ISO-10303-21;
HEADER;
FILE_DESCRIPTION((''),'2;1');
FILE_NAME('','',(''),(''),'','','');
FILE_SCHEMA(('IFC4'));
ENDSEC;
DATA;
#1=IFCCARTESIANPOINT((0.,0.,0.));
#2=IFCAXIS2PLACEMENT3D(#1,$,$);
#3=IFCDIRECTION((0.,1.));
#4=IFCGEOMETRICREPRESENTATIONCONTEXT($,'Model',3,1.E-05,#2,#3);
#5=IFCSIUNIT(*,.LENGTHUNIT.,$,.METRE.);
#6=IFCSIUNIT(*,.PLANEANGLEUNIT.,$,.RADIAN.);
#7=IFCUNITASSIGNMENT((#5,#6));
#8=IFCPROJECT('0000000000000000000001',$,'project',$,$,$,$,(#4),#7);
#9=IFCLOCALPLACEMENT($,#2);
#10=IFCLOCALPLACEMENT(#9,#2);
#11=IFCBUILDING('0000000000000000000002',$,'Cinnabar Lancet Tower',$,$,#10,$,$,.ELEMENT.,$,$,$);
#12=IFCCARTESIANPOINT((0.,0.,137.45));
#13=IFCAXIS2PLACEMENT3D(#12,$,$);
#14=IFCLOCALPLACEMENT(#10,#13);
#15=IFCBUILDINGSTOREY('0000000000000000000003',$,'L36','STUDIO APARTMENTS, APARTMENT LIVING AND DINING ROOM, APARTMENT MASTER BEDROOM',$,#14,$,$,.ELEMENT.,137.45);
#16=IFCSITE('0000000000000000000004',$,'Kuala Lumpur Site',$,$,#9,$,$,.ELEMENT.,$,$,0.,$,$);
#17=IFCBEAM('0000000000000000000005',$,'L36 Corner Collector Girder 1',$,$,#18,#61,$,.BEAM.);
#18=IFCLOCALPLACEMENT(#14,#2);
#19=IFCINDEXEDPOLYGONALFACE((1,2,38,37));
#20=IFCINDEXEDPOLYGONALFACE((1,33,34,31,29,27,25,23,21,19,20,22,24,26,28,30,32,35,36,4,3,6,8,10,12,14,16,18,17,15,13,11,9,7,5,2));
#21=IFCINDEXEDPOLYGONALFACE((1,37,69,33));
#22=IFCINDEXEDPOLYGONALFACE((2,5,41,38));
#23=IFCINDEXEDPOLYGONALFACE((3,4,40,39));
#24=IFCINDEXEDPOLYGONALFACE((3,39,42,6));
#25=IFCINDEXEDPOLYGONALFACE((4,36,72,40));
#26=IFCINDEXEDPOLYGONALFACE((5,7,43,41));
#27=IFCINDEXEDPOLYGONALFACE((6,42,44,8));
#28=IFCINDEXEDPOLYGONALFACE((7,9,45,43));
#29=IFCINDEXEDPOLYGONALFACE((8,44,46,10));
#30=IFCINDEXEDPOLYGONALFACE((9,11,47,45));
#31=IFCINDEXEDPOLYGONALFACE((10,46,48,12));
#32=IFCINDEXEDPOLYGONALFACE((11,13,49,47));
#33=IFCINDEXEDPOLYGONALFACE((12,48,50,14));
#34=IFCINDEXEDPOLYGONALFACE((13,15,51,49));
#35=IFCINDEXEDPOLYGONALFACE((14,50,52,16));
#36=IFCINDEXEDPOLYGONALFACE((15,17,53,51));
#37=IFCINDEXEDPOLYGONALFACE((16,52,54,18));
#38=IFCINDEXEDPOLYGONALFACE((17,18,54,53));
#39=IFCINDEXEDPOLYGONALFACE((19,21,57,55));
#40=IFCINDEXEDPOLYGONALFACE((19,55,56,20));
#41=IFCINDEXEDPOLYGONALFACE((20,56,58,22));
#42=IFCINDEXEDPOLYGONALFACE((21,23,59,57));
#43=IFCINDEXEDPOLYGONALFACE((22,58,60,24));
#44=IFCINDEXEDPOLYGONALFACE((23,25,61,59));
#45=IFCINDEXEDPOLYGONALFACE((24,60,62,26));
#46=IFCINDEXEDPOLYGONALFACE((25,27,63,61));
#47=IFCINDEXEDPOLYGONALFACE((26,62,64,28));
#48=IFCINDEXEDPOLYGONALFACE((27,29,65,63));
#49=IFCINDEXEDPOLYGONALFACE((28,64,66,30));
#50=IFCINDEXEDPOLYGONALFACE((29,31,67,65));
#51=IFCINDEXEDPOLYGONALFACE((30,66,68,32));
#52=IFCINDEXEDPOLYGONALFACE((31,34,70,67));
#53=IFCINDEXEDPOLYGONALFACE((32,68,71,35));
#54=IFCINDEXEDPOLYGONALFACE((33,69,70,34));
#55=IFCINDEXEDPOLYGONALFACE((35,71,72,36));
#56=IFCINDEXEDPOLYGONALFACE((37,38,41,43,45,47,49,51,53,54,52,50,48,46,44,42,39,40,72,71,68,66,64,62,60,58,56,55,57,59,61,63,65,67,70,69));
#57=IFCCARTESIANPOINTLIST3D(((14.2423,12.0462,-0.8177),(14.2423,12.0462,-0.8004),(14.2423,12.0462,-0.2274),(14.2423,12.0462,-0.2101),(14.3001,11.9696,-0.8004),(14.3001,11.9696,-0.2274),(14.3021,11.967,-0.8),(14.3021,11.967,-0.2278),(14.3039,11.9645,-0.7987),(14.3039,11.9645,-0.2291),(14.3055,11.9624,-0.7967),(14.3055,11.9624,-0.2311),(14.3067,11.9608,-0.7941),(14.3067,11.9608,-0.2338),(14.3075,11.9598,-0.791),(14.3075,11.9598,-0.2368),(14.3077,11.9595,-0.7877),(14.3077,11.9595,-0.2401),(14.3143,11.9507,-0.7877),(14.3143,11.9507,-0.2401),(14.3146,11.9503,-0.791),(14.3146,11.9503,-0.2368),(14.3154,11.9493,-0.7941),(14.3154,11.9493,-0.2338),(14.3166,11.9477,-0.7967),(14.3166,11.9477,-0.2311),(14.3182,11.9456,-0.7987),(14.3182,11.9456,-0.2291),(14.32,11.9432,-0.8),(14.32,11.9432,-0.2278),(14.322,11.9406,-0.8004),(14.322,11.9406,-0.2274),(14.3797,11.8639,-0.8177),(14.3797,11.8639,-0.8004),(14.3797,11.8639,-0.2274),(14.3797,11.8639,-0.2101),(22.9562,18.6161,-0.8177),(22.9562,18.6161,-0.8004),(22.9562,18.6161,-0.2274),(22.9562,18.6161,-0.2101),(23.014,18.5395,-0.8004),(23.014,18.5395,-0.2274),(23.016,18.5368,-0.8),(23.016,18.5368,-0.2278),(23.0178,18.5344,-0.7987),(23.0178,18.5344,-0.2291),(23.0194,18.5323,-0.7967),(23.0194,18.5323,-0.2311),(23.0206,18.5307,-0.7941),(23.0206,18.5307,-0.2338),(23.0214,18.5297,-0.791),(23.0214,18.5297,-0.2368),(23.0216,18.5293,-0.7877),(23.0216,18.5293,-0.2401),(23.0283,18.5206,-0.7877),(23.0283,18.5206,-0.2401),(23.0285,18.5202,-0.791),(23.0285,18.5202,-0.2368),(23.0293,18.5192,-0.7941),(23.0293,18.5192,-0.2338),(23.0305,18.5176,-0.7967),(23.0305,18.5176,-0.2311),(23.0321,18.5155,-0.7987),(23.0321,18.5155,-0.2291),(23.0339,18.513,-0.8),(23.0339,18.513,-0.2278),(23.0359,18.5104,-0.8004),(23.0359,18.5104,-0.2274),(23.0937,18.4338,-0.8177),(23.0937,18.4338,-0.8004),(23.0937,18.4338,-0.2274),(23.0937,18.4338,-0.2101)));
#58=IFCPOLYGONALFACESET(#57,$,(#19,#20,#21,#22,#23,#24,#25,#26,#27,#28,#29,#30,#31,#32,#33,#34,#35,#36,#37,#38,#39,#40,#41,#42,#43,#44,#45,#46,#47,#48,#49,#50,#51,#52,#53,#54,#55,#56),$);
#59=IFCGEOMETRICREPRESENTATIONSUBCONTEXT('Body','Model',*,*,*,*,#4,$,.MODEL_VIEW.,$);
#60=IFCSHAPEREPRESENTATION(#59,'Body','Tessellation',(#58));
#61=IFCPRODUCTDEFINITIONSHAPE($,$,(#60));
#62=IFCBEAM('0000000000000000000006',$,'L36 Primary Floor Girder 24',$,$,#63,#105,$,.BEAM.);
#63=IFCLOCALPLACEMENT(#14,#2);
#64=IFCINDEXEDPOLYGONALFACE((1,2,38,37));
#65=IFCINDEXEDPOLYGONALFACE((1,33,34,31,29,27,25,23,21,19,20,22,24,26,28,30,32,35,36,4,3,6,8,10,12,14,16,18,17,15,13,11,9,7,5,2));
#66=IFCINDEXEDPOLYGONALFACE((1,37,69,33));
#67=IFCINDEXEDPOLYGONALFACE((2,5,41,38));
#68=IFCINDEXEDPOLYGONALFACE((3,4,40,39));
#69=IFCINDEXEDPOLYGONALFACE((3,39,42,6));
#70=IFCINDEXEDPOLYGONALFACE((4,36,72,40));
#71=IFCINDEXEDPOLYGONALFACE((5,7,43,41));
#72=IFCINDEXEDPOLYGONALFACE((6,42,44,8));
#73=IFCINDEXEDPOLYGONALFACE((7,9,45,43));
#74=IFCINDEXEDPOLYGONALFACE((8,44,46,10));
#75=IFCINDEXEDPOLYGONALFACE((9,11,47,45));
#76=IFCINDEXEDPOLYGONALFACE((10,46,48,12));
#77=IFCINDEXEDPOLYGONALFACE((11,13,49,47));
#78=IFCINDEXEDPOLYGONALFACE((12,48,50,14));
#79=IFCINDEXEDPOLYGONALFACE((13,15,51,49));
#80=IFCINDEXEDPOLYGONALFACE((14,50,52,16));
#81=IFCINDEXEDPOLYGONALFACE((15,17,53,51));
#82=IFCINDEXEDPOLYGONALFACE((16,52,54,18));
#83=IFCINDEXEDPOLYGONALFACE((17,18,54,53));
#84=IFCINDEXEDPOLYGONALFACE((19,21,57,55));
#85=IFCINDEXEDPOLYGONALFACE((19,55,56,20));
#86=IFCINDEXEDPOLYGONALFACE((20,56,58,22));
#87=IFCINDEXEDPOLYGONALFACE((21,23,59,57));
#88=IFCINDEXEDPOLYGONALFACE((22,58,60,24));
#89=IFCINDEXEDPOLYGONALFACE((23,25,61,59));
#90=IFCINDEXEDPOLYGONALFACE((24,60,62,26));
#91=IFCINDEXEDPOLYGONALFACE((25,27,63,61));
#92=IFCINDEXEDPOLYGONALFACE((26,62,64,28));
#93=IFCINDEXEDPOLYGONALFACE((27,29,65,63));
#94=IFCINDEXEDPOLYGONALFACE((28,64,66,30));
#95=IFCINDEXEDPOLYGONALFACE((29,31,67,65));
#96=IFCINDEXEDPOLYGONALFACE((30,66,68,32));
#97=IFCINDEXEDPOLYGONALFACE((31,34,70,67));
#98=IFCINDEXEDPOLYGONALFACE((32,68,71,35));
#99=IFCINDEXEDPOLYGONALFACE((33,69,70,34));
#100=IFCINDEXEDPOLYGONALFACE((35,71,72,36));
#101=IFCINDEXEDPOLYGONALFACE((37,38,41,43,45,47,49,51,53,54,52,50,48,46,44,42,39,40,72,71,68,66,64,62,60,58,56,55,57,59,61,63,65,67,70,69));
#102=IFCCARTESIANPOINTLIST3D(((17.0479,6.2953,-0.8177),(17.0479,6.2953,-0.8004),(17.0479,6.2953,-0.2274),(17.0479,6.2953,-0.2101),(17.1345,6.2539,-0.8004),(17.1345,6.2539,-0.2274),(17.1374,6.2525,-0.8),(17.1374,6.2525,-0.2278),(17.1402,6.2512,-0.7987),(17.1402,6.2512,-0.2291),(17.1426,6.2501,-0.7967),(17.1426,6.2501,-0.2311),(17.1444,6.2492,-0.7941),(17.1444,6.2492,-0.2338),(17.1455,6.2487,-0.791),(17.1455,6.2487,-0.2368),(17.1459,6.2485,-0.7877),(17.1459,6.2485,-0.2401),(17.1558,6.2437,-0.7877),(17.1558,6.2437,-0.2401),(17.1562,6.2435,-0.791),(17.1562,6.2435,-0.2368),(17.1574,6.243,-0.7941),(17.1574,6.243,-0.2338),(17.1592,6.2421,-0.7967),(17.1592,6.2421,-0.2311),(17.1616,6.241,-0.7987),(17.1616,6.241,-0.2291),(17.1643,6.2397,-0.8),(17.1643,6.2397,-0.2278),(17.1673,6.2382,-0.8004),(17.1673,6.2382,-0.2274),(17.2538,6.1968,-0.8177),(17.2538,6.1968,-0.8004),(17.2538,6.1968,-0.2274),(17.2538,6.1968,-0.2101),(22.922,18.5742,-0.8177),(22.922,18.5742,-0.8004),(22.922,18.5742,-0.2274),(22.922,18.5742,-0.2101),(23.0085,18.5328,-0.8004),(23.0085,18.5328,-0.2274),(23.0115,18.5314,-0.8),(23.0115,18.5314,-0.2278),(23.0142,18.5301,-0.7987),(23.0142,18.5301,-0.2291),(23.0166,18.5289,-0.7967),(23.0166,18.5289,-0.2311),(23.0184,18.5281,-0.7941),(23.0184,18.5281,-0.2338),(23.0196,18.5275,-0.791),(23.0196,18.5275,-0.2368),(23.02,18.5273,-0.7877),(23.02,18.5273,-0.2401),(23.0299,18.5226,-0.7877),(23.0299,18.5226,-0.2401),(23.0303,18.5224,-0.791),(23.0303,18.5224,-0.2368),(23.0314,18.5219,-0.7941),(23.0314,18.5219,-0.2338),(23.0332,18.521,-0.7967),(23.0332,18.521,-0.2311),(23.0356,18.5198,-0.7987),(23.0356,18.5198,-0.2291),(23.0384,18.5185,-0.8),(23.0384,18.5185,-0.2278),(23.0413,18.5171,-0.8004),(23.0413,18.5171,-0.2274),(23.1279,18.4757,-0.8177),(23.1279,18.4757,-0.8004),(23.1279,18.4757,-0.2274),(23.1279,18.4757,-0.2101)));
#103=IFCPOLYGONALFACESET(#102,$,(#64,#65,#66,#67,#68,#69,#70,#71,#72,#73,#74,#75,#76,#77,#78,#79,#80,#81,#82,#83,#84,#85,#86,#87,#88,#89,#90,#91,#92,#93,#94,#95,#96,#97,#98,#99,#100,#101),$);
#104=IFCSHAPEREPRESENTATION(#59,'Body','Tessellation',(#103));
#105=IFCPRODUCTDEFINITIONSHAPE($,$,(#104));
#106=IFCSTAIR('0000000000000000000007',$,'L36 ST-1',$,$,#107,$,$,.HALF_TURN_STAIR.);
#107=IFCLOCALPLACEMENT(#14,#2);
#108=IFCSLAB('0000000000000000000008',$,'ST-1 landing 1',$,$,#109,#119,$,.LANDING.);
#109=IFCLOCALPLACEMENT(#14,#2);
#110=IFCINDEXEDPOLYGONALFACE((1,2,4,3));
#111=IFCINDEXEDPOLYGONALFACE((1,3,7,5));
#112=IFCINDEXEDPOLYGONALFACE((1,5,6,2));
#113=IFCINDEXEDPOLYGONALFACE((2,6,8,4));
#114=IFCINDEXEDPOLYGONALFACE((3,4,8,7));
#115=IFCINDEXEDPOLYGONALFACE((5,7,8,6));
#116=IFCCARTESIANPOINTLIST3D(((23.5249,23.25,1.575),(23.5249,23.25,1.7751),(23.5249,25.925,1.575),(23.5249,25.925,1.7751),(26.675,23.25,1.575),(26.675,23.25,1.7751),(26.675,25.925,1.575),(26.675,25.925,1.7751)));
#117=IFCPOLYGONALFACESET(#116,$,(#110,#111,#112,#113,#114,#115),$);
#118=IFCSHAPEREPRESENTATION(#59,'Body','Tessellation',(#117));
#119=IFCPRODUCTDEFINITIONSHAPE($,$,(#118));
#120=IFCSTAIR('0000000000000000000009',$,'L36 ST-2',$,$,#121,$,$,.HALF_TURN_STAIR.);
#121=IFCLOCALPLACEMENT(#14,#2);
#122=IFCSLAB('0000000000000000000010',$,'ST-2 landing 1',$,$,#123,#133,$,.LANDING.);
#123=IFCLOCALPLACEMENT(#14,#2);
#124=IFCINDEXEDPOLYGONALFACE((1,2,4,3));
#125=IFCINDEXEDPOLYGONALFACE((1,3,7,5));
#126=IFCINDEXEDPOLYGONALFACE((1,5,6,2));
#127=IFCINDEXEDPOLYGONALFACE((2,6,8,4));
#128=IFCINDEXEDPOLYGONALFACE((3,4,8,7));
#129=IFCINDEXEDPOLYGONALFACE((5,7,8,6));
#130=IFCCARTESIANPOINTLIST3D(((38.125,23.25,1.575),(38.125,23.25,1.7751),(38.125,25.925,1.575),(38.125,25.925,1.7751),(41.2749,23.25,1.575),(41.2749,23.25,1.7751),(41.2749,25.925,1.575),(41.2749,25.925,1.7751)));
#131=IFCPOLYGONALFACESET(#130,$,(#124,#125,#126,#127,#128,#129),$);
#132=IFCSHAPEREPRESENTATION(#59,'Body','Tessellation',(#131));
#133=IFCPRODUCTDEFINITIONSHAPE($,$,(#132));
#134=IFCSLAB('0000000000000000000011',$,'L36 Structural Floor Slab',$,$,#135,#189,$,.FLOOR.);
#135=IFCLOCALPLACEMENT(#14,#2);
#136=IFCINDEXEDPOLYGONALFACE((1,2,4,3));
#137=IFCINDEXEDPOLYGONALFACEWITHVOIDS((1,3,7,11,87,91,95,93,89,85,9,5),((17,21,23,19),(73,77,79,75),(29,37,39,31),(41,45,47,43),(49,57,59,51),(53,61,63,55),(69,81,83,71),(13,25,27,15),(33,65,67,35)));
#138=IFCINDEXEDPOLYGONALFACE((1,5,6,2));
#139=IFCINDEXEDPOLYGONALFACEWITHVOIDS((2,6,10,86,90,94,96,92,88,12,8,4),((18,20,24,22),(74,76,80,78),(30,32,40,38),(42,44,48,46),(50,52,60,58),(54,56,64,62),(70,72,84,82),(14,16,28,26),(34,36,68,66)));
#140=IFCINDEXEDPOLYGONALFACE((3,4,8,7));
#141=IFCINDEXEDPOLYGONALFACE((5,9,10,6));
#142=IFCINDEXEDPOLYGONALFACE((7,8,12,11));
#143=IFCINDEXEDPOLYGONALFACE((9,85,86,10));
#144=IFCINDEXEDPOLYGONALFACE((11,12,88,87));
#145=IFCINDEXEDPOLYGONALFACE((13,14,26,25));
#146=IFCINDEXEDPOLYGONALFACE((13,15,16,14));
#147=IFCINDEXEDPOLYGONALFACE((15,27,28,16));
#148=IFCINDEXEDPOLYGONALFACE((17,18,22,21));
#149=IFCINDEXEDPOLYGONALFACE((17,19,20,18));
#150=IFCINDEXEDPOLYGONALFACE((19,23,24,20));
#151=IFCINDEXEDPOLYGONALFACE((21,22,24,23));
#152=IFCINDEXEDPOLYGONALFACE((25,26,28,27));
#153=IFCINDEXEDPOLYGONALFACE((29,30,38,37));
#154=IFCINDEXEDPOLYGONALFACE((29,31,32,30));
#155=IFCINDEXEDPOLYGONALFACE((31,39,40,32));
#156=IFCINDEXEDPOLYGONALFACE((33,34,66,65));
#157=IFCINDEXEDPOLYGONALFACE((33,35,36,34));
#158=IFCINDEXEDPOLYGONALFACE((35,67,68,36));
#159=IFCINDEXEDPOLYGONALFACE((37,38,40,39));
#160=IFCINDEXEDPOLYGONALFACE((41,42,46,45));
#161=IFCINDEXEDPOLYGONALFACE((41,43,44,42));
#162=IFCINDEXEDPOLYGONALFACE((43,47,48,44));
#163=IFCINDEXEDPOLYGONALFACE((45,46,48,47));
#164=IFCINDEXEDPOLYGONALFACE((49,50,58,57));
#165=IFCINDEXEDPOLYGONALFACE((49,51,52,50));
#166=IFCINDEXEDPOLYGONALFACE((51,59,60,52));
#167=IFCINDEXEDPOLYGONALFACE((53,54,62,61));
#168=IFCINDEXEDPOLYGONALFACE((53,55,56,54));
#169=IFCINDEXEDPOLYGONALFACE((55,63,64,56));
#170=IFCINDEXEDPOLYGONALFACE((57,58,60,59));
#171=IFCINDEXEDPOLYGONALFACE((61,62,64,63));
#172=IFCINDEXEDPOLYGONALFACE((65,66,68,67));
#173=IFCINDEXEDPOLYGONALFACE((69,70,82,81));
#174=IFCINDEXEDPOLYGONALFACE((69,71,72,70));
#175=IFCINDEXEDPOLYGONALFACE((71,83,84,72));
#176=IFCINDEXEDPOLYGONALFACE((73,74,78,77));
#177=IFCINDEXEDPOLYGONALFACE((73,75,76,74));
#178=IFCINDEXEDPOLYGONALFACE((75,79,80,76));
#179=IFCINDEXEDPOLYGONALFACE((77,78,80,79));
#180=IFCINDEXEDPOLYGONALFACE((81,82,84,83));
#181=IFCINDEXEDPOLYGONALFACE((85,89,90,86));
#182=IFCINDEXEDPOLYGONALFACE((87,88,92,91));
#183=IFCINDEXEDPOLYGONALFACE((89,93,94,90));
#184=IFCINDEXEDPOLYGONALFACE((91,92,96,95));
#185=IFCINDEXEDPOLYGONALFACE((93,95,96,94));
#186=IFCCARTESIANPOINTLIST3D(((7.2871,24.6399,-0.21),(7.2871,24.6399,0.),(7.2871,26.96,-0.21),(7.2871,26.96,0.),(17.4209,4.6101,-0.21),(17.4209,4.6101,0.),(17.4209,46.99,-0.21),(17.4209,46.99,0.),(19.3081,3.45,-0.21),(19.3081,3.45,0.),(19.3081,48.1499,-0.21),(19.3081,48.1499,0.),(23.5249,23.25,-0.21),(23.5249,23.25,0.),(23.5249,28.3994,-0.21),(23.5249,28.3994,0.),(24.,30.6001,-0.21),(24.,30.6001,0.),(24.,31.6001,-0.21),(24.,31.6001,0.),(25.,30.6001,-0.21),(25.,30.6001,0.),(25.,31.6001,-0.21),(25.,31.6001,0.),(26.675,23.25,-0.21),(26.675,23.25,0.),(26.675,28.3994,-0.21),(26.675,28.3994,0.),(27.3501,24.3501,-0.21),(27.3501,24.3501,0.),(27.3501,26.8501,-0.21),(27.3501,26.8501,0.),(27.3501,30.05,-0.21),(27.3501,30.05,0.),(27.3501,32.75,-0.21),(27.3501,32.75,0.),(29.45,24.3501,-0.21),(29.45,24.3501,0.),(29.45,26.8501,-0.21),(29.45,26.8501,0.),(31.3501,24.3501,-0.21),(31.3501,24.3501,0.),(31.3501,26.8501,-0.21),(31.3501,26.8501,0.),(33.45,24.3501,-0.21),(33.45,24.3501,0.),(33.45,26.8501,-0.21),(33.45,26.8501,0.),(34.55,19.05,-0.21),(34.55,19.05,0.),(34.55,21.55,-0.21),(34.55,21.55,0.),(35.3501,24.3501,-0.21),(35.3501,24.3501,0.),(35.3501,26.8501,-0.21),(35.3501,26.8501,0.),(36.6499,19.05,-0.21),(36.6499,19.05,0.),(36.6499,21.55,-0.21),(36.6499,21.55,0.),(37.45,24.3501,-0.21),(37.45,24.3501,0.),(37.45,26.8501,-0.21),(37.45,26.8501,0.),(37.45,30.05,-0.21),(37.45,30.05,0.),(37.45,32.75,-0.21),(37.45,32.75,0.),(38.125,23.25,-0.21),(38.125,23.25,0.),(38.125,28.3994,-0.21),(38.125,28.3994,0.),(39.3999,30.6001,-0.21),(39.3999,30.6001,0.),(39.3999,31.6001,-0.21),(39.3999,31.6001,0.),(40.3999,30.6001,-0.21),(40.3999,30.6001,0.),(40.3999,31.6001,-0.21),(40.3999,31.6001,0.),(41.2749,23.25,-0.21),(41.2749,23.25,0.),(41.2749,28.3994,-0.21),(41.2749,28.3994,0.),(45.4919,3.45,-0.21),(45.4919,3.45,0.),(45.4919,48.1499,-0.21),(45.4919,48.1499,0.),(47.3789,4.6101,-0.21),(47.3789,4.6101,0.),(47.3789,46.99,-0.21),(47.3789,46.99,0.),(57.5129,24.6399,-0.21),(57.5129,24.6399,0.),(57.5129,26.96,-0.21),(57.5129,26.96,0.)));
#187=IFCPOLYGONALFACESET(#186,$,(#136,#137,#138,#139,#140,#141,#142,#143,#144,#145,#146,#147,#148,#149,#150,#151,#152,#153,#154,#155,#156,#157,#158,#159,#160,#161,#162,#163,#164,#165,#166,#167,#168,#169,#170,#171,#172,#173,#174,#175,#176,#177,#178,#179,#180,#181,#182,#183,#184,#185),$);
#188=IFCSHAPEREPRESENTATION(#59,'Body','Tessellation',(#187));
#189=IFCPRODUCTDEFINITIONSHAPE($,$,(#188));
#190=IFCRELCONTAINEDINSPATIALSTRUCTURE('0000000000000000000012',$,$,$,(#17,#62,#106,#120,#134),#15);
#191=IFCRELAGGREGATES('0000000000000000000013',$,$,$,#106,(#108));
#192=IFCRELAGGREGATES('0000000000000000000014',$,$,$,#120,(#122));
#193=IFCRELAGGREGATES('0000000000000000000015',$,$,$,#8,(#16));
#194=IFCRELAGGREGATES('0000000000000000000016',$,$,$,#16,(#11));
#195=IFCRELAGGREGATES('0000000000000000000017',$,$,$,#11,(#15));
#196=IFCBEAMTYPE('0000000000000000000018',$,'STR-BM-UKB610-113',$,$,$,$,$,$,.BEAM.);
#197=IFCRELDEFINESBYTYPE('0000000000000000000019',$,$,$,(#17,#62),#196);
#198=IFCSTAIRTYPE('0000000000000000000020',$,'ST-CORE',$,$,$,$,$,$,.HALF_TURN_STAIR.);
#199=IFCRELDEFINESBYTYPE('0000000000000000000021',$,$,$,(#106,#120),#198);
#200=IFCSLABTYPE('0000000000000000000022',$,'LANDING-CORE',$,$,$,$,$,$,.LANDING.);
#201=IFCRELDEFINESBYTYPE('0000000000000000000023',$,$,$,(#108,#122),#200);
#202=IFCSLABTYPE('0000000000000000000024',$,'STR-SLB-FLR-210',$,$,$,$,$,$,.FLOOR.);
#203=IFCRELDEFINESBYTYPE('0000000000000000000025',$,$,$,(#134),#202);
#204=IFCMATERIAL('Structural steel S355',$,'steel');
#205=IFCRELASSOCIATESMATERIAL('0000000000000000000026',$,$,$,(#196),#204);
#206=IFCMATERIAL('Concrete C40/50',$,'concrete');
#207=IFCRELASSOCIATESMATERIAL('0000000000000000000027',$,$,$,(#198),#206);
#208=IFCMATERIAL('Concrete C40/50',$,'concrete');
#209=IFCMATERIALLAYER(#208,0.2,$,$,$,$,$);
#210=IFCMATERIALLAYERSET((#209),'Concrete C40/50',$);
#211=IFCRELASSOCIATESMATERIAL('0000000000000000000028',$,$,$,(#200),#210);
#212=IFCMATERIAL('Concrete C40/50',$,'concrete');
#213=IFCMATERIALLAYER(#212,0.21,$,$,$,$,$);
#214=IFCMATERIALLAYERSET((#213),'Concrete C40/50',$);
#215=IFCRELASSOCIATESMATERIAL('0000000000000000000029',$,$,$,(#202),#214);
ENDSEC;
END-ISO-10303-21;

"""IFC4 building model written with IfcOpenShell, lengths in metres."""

from ifc_helpers import new_model, si_unit, direction, frame, origin, origin_2d, place, context, subcontext, project, spatial, polyline, i_section, outline, extrude, material, layer, layer_set, material_profile, profile_set, type_object, element, aggregate, save


model = new_model("IFC4")

# Units and contexts
model_context = context("Model", 3, precision=1e-05, world=origin(), true_north=direction((0.0, 1.0)))
body_context = subcontext(model_context, "Body", "Model", "MODEL_VIEW")
ifc_project = project(units=[si_unit("LENGTHUNIT", "METRE"), si_unit("PLANEANGLEUNIT", "RADIAN")], contexts=[model_context])

# Site, building, storey
site_placement = place(None, origin())
site = spatial("IfcSite", under=ifc_project, at=site_placement, Name="Kuala Lumpur Site", CompositionType="ELEMENT", RefElevation=0.0)
building_placement = place(site_placement, origin())
building = spatial("IfcBuilding", under=site, at=building_placement, Name="Cinnabar Lancet Tower", CompositionType="ELEMENT")
storey_placement = place(building_placement, frame((0.0, 0.0, 137.45)))
storey = spatial("IfcBuildingStorey", under=building, at=storey_placement, Name="L36", Description="STUDIO APARTMENTS, APARTMENT LIVING AND DINING ROOM, APARTMENT MASTER BEDROOM", CompositionType="ELEMENT", Elevation=137.45)

# Beams
ifc_material_1 = material(Name="Structural steel S355", Category="steel")
ifc_material_profile_1 = material_profile(ifc_material_1, i_section(OverallWidth=0.2283, OverallDepth=0.6077, WebThickness=0.011, FlangeThickness=0.0173, FilletRadius=0.0127, at=origin_2d()), Name="UKB 610x229x113")
ifc_profile_set_1 = profile_set([ifc_material_profile_1], Name="Structural steel S355")
beam_type_1 = type_object("IfcBeamType", Name="STR-BM-UKB610-113", PredefinedType="BEAM", material=ifc_profile_set_1)
beam_1_placement = place(storey_placement, frame((14.311, 11.9551, -0.5139), z_axis=(0.798483, 0.602017, 0.0), x_axis=(-0.602017, 0.798483, 0.0)))
element("IfcBeam", 1, at=beam_1_placement, inside=storey, type_object=beam_type_1, Name="L36 Corner Collector Girder 1", PredefinedType="BEAM", context=body_context, shape_type="SweptSolid", body=[
    extrude(i_section(OverallWidth=0.2283, OverallDepth=0.6077, WebThickness=0.011, FlangeThickness=0.0173, FilletRadius=0.0127, at=origin_2d()), origin(), (0.0, 0.0, 1.0), 10.9131),
])
beam_2_placement = place(storey_placement, frame((17.1509, 6.2461, -0.5139), z_axis=(0.431548, 0.90209, 0.0), x_axis=(-0.90209, 0.431548, 0.0)))
element("IfcBeam", 2, at=beam_2_placement, inside=storey, type_object=beam_type_1, Name="L36 Primary Floor Girder 24", PredefinedType="BEAM", context=body_context, shape_type="SweptSolid", body=[
    extrude(i_section(OverallWidth=0.2283, OverallDepth=0.6077, WebThickness=0.011, FlangeThickness=0.0173, FilletRadius=0.0127, at=origin_2d()), origin(), (0.0, 0.0, 1.0), 13.6116),
])

# Stairs, slabs
ifc_material_2 = material(Name="Concrete C40/50", Category="concrete")
stair_type = type_object("IfcStairType", Name="ST-CORE", PredefinedType="HALF_TURN_STAIR", material=ifc_material_2)
stair_1_placement = place(storey_placement, origin())
stair_1 = element("IfcStair", 3, at=stair_1_placement, inside=storey, type_object=stair_type, Name="L36 ST-1", PredefinedType="HALF_TURN_STAIR")
ifc_material_3 = material(Name="Concrete C40/50", Category="concrete")
ifc_layer_1 = layer(ifc_material_3, 0.2)
ifc_layer_set_1 = layer_set([ifc_layer_1], Name="Concrete C40/50")
slab_type_1 = type_object("IfcSlabType", Name="LANDING-CORE", PredefinedType="LANDING", material=ifc_layer_set_1)
slab_1_placement = place(storey_placement, frame((0.0, 0.0, 1.575)))
slab_1 = element("IfcSlab", 4, at=slab_1_placement, type_object=slab_type_1, Name="ST-1 landing 1", PredefinedType="LANDING", context=body_context, shape_type="SweptSolid", body=[
    extrude(outline(polyline([(23.5249, 25.925), (23.5249, 23.25), (26.675, 23.25), (26.675, 25.925), (23.5249, 25.925)])), origin(), (0.0, 0.0, 1.0), 0.2002),
])
aggregate(stair_1, [slab_1])
stair_2_placement = place(storey_placement, origin())
stair_2 = element("IfcStair", 5, at=stair_2_placement, inside=storey, type_object=stair_type, Name="L36 ST-2", PredefinedType="HALF_TURN_STAIR")
slab_2_placement = place(storey_placement, frame((0.0, 0.0, 1.575)))
slab_2 = element("IfcSlab", 6, at=slab_2_placement, type_object=slab_type_1, Name="ST-2 landing 1", PredefinedType="LANDING", context=body_context, shape_type="SweptSolid", body=[
    extrude(outline(polyline([(38.125, 25.925), (38.125, 23.25), (41.2749, 23.25), (41.2749, 25.925), (38.125, 25.925)])), origin(), (0.0, 0.0, 1.0), 0.2002),
])
aggregate(stair_2, [slab_2])

# Slab
ifc_material_4 = material(Name="Concrete C40/50", Category="concrete")
ifc_layer_2 = layer(ifc_material_4, 0.21)
ifc_layer_set_2 = layer_set([ifc_layer_2], Name="Concrete C40/50")
slab_type_2 = type_object("IfcSlabType", Name="STR-SLB-FLR-210", PredefinedType="FLOOR", material=ifc_layer_set_2)
slab_3_placement = place(storey_placement, frame((0.0, 0.0, -0.21)))
element("IfcSlab", 7, at=slab_3_placement, inside=storey, type_object=slab_type_2, Name="L36 Structural Floor Slab", PredefinedType="FLOOR", context=body_context, shape_type="SweptSolid", body=[
    extrude(outline(polyline([(17.4209, 4.6101), (19.3081, 3.45), (45.4919, 3.45), (47.3789, 4.6101), (57.5129, 24.6399), (57.5129, 26.96), (47.3789, 46.99), (45.4919, 48.1499), (19.3081, 48.1499), (17.4209, 46.99), (7.2871, 26.96), (7.2871, 24.6399), (17.4209, 4.6101)]), holes=[polyline([(23.5249, 23.25), (26.675, 23.25), (26.675, 28.3994), (23.5249, 28.3994), (23.5249, 23.25)]), polyline([(38.125, 23.25), (41.2749, 23.25), (41.2749, 28.3994), (38.125, 28.3994), (38.125, 23.25)]), polyline([(27.3501, 30.05), (37.45, 30.05), (37.45, 32.75), (27.3501, 32.75), (27.3501, 30.05)]), polyline([(34.55, 19.05), (36.6499, 19.05), (36.6499, 21.55), (34.55, 21.55), (34.55, 19.05)]), polyline([(27.3501, 24.3501), (29.45, 24.3501), (29.45, 26.8501), (27.3501, 26.8501), (27.3501, 24.3501)]), polyline([(35.3501, 24.3501), (37.45, 24.3501), (37.45, 26.8501), (35.3501, 26.8501), (35.3501, 24.3501)]), polyline([(31.3501, 24.3501), (33.45, 24.3501), (33.45, 26.8501), (31.3501, 26.8501), (31.3501, 24.3501)]), polyline([(24.0, 30.6001), (25.0, 30.6001), (25.0, 31.6001), (24.0, 31.6001), (24.0, 30.6001)]), polyline([(39.3999, 30.6001), (40.3999, 30.6001), (40.3999, 31.6001), (39.3999, 31.6001), (39.3999, 30.6001)])]), origin(), (0.0, 0.0, 1.0), 0.21),
])

save(model, "model.ifc")
